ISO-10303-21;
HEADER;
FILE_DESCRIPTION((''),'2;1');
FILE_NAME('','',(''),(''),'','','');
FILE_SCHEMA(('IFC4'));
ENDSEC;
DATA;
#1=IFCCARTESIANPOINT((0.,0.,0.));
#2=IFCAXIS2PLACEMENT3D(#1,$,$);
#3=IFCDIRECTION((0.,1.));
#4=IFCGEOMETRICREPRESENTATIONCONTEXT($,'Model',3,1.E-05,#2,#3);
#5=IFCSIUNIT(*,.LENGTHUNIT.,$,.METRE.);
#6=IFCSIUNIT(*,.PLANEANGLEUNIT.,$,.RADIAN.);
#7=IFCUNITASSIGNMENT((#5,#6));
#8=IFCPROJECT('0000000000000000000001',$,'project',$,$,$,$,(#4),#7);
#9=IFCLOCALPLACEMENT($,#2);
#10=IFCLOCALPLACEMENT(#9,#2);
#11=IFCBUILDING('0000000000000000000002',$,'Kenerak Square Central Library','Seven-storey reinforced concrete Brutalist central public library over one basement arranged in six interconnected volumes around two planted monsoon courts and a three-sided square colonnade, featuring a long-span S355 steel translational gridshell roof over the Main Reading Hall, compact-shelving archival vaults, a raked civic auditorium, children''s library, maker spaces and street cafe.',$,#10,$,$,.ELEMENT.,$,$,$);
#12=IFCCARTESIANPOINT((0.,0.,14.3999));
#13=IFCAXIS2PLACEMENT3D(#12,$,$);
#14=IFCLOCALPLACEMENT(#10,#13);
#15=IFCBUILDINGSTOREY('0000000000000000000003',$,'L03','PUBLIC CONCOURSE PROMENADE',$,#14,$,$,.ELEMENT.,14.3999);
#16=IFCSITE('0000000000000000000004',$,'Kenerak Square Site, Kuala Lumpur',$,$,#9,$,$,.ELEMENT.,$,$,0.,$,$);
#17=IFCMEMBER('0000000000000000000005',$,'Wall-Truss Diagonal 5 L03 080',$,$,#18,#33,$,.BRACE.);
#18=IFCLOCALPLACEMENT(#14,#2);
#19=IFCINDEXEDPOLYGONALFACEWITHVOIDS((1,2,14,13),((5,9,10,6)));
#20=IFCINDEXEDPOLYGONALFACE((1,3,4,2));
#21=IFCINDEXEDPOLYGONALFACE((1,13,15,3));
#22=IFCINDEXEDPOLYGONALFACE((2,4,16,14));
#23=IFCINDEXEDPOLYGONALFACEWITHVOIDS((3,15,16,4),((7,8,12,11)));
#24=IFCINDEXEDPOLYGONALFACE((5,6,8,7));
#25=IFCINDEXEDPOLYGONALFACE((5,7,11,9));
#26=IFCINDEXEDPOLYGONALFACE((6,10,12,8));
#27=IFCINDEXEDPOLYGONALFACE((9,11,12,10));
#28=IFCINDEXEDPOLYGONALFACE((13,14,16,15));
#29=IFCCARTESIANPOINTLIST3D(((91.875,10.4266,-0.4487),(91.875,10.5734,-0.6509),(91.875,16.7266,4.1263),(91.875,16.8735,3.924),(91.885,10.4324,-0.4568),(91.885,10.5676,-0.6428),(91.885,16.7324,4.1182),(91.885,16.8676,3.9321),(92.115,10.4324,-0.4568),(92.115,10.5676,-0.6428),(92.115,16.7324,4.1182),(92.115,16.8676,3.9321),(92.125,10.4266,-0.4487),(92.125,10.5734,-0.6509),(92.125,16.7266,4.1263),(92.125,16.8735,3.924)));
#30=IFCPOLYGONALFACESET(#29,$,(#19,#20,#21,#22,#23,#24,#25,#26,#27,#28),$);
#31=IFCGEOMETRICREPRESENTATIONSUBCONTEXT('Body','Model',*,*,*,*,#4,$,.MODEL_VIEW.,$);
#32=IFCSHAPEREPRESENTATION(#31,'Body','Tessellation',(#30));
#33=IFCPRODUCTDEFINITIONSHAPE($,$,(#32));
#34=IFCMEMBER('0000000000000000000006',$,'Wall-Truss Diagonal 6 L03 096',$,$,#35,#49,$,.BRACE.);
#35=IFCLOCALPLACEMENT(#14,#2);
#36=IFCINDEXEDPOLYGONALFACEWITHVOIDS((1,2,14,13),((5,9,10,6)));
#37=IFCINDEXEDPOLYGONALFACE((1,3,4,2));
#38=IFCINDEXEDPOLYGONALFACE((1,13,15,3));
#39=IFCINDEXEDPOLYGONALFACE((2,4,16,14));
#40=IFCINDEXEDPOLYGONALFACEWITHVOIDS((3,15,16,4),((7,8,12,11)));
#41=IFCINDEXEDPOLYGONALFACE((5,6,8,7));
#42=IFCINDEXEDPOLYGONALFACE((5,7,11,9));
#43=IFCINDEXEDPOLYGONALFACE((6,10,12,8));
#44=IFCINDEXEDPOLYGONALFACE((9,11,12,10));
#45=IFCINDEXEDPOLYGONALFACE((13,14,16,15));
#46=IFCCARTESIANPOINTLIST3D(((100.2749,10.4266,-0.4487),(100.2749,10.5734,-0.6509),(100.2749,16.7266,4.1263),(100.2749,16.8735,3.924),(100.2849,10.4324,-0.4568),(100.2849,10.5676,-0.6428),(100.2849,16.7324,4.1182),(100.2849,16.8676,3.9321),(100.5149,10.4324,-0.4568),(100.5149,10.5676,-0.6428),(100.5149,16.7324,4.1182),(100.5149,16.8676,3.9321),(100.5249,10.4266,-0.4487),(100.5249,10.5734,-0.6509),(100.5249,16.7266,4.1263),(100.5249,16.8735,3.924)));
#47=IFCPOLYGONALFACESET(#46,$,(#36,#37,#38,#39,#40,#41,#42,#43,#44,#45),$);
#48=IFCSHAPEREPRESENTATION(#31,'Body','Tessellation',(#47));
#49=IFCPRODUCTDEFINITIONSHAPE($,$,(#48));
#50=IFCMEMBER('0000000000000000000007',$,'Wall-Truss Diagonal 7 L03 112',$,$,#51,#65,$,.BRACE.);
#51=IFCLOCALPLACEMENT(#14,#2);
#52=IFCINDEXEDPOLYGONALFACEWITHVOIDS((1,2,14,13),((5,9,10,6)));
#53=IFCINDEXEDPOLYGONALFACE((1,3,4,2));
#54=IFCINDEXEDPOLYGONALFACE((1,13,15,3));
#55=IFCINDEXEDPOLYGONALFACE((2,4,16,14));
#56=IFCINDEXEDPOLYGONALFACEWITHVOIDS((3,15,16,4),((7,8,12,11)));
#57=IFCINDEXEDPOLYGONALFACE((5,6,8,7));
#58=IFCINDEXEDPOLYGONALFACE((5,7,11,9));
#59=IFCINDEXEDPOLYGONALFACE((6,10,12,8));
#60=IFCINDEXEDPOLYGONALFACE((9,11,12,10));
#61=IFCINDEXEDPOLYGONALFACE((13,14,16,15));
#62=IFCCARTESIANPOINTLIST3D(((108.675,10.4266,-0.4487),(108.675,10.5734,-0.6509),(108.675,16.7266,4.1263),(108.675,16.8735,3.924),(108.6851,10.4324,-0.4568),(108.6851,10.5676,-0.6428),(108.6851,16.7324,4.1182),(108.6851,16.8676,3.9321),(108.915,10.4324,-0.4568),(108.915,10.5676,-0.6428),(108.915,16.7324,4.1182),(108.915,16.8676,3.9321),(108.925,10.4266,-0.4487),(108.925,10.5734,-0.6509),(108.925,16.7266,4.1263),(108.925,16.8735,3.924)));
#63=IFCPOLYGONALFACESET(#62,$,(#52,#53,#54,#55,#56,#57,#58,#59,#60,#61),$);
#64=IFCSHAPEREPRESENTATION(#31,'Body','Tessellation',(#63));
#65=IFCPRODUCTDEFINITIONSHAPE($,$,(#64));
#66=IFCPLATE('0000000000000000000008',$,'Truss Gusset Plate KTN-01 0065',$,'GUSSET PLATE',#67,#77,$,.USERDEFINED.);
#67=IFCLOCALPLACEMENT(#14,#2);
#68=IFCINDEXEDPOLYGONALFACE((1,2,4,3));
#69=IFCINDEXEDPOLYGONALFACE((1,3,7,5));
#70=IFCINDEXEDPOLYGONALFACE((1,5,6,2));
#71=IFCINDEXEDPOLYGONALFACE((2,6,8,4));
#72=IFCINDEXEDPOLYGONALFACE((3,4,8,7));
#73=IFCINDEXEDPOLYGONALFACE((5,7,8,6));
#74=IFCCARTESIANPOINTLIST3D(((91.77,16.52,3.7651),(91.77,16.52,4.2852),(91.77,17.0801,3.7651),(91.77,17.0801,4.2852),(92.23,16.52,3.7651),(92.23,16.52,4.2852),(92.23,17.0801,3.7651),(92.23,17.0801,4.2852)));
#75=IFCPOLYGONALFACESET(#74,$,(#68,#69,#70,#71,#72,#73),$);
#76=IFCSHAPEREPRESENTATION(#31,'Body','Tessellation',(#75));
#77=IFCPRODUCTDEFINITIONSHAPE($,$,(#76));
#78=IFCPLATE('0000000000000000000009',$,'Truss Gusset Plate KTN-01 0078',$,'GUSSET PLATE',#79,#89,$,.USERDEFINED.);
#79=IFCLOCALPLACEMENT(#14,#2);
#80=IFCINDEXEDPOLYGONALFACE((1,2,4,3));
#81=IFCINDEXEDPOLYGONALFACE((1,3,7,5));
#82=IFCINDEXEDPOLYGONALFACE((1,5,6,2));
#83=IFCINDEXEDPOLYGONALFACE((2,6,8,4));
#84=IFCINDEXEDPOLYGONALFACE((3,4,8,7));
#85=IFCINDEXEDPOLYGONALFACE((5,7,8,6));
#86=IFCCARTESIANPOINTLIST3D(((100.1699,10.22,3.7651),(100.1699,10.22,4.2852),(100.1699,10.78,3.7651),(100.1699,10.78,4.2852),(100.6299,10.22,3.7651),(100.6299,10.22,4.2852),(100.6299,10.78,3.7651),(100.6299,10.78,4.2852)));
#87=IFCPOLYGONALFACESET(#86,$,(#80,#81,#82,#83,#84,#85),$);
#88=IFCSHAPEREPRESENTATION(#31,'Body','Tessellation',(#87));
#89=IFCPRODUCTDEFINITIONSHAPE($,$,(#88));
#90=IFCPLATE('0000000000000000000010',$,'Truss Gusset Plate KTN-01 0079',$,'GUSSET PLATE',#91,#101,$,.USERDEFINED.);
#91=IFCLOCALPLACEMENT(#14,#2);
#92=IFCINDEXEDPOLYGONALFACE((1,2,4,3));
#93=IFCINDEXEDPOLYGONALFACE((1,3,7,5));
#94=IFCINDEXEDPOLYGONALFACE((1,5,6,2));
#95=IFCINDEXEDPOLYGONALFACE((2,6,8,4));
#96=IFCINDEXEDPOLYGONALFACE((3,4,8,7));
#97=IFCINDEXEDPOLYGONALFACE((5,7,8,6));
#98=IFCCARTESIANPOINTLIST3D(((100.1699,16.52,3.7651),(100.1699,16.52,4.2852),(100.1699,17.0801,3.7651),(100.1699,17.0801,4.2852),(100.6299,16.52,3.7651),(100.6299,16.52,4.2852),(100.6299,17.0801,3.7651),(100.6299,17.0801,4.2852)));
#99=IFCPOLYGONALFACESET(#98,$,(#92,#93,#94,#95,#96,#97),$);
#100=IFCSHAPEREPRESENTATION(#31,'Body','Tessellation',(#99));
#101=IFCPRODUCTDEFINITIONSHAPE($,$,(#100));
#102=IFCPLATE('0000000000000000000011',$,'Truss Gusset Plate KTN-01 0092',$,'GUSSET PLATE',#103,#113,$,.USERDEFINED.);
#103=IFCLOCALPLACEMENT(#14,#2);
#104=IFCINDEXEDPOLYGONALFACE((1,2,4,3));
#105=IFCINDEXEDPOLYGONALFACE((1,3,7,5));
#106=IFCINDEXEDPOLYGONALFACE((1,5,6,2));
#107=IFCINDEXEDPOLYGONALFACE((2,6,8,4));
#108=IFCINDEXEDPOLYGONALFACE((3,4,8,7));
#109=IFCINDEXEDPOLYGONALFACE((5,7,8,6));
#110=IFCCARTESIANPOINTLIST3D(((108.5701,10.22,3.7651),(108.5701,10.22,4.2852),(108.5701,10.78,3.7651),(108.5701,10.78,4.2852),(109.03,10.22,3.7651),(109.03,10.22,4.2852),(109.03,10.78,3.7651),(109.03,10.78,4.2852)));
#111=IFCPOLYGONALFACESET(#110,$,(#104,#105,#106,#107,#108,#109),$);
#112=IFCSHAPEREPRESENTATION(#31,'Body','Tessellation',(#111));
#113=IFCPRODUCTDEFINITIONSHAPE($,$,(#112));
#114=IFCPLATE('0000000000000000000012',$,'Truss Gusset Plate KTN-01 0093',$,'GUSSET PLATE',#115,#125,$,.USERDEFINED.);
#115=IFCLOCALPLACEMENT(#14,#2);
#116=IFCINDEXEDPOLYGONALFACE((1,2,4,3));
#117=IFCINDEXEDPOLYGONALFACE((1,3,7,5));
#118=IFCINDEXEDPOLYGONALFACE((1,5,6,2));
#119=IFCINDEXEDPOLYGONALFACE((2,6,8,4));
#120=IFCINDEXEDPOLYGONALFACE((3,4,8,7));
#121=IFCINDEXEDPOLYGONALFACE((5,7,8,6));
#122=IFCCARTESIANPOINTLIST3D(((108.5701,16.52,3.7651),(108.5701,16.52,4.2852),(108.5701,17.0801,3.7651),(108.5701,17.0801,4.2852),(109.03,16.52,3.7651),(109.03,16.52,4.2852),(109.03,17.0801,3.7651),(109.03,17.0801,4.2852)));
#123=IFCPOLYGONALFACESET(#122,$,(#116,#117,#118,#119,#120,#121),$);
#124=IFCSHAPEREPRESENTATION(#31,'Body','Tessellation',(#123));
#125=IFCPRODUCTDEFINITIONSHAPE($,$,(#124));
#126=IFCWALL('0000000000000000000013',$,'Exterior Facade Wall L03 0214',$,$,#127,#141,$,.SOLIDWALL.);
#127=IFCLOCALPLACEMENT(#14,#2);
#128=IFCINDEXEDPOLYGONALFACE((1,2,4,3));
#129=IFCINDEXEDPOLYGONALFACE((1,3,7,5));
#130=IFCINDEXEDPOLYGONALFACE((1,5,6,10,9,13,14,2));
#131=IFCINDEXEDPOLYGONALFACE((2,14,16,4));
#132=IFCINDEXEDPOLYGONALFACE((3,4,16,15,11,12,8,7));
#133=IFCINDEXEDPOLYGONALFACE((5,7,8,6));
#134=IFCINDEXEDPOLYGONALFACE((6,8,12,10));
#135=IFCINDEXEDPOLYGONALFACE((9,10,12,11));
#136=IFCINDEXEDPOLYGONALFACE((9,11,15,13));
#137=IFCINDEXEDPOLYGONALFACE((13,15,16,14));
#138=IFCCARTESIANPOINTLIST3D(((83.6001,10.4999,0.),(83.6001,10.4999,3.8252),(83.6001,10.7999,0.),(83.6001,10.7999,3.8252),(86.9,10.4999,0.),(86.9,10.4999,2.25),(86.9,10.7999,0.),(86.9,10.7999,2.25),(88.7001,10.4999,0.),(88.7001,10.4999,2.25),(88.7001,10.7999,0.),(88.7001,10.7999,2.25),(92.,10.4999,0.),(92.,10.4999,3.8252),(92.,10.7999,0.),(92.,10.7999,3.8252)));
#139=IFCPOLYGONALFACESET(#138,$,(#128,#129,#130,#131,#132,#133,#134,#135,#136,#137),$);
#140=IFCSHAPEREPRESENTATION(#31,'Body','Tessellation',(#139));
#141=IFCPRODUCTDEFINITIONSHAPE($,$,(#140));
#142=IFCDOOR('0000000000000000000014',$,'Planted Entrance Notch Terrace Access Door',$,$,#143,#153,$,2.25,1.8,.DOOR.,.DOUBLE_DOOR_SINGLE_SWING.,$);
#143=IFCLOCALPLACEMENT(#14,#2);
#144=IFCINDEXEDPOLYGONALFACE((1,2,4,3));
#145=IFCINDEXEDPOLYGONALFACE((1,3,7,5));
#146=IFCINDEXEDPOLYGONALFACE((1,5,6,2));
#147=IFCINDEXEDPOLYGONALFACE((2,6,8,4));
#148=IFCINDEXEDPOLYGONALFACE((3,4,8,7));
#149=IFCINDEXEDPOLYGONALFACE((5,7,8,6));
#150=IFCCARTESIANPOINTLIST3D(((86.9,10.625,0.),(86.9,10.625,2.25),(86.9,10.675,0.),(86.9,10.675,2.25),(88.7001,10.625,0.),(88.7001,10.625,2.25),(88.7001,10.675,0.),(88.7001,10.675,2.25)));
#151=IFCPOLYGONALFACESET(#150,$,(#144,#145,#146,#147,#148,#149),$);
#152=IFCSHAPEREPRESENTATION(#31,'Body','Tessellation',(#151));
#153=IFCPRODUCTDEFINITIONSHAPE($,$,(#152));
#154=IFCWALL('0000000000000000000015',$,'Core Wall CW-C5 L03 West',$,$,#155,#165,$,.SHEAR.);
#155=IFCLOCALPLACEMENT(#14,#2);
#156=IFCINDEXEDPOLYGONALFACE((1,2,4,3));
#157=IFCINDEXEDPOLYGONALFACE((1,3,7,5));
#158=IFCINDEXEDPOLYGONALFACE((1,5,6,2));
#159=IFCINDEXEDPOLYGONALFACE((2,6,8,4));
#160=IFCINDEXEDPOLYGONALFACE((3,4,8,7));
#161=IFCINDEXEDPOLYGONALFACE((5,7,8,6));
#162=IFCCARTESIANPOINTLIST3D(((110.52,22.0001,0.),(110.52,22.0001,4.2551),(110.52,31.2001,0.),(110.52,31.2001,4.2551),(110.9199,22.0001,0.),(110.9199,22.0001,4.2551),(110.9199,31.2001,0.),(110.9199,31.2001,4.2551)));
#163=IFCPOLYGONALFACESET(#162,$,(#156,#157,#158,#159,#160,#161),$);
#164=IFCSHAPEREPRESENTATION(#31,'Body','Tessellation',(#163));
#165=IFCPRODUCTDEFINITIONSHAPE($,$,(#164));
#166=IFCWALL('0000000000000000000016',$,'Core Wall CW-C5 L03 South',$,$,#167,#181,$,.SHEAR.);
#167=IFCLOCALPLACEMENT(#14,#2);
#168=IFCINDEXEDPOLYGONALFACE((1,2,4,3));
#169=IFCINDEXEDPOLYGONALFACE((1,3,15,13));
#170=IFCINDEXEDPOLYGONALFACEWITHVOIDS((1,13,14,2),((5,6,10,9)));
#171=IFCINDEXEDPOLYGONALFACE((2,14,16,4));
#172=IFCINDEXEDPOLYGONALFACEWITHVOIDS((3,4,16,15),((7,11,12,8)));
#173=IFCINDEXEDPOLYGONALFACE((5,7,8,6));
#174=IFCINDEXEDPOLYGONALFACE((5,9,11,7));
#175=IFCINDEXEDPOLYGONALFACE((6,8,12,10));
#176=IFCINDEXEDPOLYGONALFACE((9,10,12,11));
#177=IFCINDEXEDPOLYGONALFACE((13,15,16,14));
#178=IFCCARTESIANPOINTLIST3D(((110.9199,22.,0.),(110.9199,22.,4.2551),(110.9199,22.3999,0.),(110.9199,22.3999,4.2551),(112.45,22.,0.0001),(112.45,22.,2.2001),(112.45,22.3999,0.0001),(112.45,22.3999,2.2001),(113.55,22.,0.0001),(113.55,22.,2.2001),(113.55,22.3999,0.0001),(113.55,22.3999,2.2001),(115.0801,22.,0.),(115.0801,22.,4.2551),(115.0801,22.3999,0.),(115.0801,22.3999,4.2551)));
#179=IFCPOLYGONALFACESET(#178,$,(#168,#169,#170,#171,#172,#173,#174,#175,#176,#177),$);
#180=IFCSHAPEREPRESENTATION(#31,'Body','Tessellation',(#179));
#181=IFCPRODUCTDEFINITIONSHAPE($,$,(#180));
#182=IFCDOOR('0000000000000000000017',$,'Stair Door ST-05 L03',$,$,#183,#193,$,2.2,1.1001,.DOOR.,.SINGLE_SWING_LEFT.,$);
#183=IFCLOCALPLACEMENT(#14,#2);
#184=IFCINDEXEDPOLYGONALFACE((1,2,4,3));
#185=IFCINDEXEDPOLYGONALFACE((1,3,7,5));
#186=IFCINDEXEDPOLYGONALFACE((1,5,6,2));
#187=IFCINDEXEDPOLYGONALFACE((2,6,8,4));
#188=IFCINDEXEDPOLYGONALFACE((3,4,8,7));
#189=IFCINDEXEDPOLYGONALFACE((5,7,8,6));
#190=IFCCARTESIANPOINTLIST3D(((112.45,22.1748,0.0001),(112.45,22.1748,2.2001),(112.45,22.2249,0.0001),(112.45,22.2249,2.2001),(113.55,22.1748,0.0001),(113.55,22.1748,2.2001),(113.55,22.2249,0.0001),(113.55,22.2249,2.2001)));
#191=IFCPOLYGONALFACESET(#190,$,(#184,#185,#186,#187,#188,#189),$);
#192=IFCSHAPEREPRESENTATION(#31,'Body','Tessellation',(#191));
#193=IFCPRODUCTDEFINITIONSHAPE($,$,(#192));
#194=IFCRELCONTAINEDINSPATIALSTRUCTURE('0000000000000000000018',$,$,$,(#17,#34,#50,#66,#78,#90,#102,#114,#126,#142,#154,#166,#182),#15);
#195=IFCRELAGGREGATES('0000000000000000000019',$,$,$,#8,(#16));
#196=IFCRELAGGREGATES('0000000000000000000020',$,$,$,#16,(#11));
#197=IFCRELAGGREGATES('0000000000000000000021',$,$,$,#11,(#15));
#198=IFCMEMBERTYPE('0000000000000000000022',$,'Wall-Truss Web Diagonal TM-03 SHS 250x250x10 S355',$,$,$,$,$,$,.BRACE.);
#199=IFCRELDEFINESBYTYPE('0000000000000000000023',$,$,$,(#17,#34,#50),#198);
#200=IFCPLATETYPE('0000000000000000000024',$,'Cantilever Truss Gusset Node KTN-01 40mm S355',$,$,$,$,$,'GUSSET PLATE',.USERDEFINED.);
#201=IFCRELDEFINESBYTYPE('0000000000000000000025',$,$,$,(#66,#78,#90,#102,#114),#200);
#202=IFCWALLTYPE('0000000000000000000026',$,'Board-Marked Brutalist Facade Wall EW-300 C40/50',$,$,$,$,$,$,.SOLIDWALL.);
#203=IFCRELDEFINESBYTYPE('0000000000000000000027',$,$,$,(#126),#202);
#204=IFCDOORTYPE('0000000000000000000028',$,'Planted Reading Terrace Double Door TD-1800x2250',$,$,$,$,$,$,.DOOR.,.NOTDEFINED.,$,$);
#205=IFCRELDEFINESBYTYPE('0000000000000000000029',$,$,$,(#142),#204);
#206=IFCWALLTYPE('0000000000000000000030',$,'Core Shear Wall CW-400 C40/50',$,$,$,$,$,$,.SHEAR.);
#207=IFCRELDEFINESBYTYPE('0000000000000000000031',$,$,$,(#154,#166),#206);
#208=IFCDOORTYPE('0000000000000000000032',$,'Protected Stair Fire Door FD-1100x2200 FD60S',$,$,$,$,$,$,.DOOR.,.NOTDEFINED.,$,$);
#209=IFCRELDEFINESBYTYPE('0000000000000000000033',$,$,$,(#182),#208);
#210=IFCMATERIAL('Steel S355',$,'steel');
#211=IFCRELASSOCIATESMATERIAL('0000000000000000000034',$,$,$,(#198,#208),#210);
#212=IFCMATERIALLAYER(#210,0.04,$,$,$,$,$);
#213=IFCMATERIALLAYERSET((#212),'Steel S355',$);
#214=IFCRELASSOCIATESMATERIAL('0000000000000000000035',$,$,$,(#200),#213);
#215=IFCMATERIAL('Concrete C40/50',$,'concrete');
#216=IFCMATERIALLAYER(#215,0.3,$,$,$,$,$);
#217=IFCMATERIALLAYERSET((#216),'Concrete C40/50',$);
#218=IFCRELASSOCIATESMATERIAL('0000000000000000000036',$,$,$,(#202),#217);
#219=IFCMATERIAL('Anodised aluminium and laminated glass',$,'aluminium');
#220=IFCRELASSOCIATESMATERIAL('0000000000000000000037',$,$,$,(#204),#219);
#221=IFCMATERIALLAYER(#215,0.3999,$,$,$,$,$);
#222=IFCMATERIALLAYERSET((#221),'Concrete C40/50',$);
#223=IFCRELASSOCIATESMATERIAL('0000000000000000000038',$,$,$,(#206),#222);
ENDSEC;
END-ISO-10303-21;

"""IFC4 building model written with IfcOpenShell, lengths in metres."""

from ifc_helpers import new_model, si_unit, direction, frame, frame_2d, origin, origin_2d, place, context, subcontext, project, spatial, rectangle, hollow_rectangle, extrude, material, layer, layer_set, material_profile, profile_set, type_object, element, fill, save


model = new_model("IFC4")

# Units and contexts
model_context = context("Model", 3, precision=1e-05, world=origin(), true_north=direction((0.0, 1.0)))
body_context = subcontext(model_context, "Body", "Model", "MODEL_VIEW")
ifc_project = project(units=[si_unit("LENGTHUNIT", "METRE"), si_unit("PLANEANGLEUNIT", "RADIAN")], contexts=[model_context])

# Site, building, storey
site_placement = place(None, origin())
site = spatial("IfcSite", under=ifc_project, at=site_placement, Name="Kenerak Square Site, Kuala Lumpur", CompositionType="ELEMENT", RefElevation=0.0)
building_placement = place(site_placement, origin())
building = spatial("IfcBuilding", under=site, at=building_placement, Name="Kenerak Square Central Library", Description="Seven-storey reinforced concrete Brutalist central public library over one basement arranged in six interconnected volumes around two planted monsoon courts and a three-sided square colonnade, featuring a long-span S355 steel translational gridshell roof over the Main Reading Hall, compact-shelving archival vaults, a raked civic auditorium, children's library, maker spaces and street cafe.", CompositionType="ELEMENT")
storey_placement = place(building_placement, frame((0.0, 0.0, 14.3999)))
storey = spatial("IfcBuildingStorey", under=building, at=storey_placement, Name="L03", Description="PUBLIC CONCOURSE PROMENADE", CompositionType="ELEMENT", Elevation=14.3999)

# Shared definitions
ifc_material_1 = material(Name="Steel S355", Category="steel")

# Members
ifc_material_profile_1 = material_profile(ifc_material_1, hollow_rectangle(XDim=0.25, YDim=0.25, WallThickness=0.01, at=origin_2d()), Name="SHS 250x250x10.0")
ifc_profile_set_1 = profile_set([ifc_material_profile_1], Name="Steel S355")
member_type_1 = type_object("IfcMemberType", Name="Wall-Truss Web Diagonal TM-03 SHS 250x250x10 S355", PredefinedType="BRACE", material=ifc_profile_set_1)
for number, where, z_axis, x_axis, name in (
    (1, (92.0, 10.5, -0.5498), (0.0, 0.809158, 0.587592), (-1.0, 0.0, 0.0), "Wall-Truss Diagonal 5 L03 080"),
    (2, (100.3999, 10.5, -0.5498), (0.0, 0.809158, 0.587592), (-1.0, 0.0, 0.0), "Wall-Truss Diagonal 6 L03 096"),
    (3, (108.8, 10.5, -0.5498), (0.0, 0.809158, 0.587592), (-1.0, 0.0, 0.0), "Wall-Truss Diagonal 7 L03 112"),
):
    element("IfcMember", number, at=place(storey_placement, frame(where, z_axis=z_axis, x_axis=x_axis)), inside=storey, type_object=member_type_1, Name=name, PredefinedType="BRACE", context=body_context, shape_type="SweptSolid", body=[
        extrude(hollow_rectangle(XDim=0.25, YDim=0.25, WallThickness=0.01, at=origin_2d()), origin(), (0.0, 0.0, 1.0), 7.7859),
    ])

# Plates
ifc_layer_1 = layer(ifc_material_1, 0.04)
ifc_layer_set_1 = layer_set([ifc_layer_1], Name="Steel S355")
plate_type = type_object("IfcPlateType", Name="Cantilever Truss Gusset Node KTN-01 40mm S355", ElementType="GUSSET PLATE", PredefinedType="USERDEFINED", material=ifc_layer_set_1)
for number, where, z_axis, x_axis, name in (
    (4, (92.0, 16.8, 3.7651), (0.0, 0.0, 1.0), (1.0, 0.0, 0.0), "Truss Gusset Plate KTN-01 0065"),
    (5, (100.3999, 10.5, 3.7651), (0.0, 0.0, 1.0), (1.0, 0.0, 0.0), "Truss Gusset Plate KTN-01 0078"),
    (6, (100.3999, 16.8, 3.7651), (0.0, 0.0, 1.0), (1.0, 0.0, 0.0), "Truss Gusset Plate KTN-01 0079"),
    (7, (108.8, 10.5, 3.7651), (0.0, 0.0, 1.0), (1.0, 0.0, 0.0), "Truss Gusset Plate KTN-01 0092"),
    (8, (108.8, 16.8, 3.7651), (0.0, 0.0, 1.0), (1.0, 0.0, 0.0), "Truss Gusset Plate KTN-01 0093"),
):
    element("IfcPlate", number, at=place(storey_placement, frame(where, z_axis=z_axis, x_axis=x_axis)), inside=storey, type_object=plate_type, Name=name, ObjectType="GUSSET PLATE", PredefinedType="USERDEFINED", context=body_context, shape_type="SweptSolid", body=[
        extrude(rectangle(XDim=0.46, YDim=0.5601, at=origin_2d()), origin(), (0.0, 0.0, 1.0), 0.52),
    ])

# Wall, opening, door
ifc_material_2 = material(Name="Concrete C40/50", Category="concrete")
ifc_layer_2 = layer(ifc_material_2, 0.3)
ifc_layer_set_2 = layer_set([ifc_layer_2], Name="Concrete C40/50")
wall_type_1 = type_object("IfcWallType", Name="Board-Marked Brutalist Facade Wall EW-300 C40/50", PredefinedType="SOLIDWALL", material=ifc_layer_set_2)
wall_1_placement = place(storey_placement, frame((92.0, 10.6499, 0.0), z_axis=(0.0, 0.0, 1.0), x_axis=(-1.0, 0.0, 0.0)))
wall_1 = element("IfcWall", 9, at=wall_1_placement, inside=storey, type_object=wall_type_1, Name="Exterior Facade Wall L03 0214", PredefinedType="SOLIDWALL", context=body_context, shape_type="SweptSolid", body=[
    extrude(rectangle(XDim=8.3999, YDim=0.3, at=frame_2d((4.2, 0.0))), origin(), (0.0, 0.0, 1.0), 3.8252),
])
opening_1_placement = place(wall_1_placement, frame((3.3, 0.0, 0.0)))
opening_1 = element("IfcOpeningElement", 10, at=opening_1_placement, cuts=wall_1, PredefinedType="OPENING", context=body_context, shape_type="SweptSolid", body=[
    extrude(rectangle(XDim=1.8, YDim=2.25, at=frame_2d((0.8999, 1.125))), frame((0.0, 0.1599, 0.0), z_axis=(0.0, -1.0, 0.0), x_axis=(1.0, 0.0, 0.0)), (0.0, 0.0, 1.0), 0.3201),
])
ifc_material_3 = material(Name="Anodised aluminium and laminated glass", Category="aluminium")
door_type_1 = type_object("IfcDoorType", Name="Planted Reading Terrace Double Door TD-1800x2250", OperationType="NOTDEFINED", PredefinedType="DOOR", material=ifc_material_3)
door_1_placement = place(opening_1_placement, origin())
door_1 = element("IfcDoor", 11, at=door_1_placement, inside=storey, type_object=door_type_1, Name="Planted Entrance Notch Terrace Access Door", OperationType="DOUBLE_DOOR_SINGLE_SWING", OverallHeight=2.25, OverallWidth=1.8, PredefinedType="DOOR", context=body_context, shape_type="SweptSolid", body=[
    extrude(rectangle(XDim=1.8, YDim=2.25, at=frame_2d((0.8999, 1.125))), frame((0.0, 0.0249, 0.0), z_axis=(0.0, -1.0, 0.0), x_axis=(1.0, 0.0, 0.0)), (0.0, 0.0, 1.0), 0.05),
])
fill(opening_1, door_1)

# Wall
ifc_layer_3 = layer(ifc_material_2, 0.3999)
ifc_layer_set_3 = layer_set([ifc_layer_3], Name="Concrete C40/50")
wall_type_2 = type_object("IfcWallType", Name="Core Shear Wall CW-400 C40/50", PredefinedType="SHEAR", material=ifc_layer_set_3)
wall_2_placement = place(storey_placement, frame((110.72, 22.0, 0.0), z_axis=(0.0, 0.0, 1.0), x_axis=(0.0, 1.0, 0.0)))
element("IfcWall", 12, at=wall_2_placement, inside=storey, type_object=wall_type_2, Name="Core Wall CW-C5 L03 West", PredefinedType="SHEAR", context=body_context, shape_type="SweptSolid", body=[
    extrude(rectangle(XDim=9.2, YDim=0.3999, at=frame_2d((4.6001, 0.0))), origin(), (0.0, 0.0, 1.0), 4.2551),
])

# Wall, opening, door
wall_3_placement = place(storey_placement, frame((115.0801, 22.2, 0.0), z_axis=(0.0, 0.0, 1.0), x_axis=(-1.0, 0.0, 0.0)))
wall_3 = element("IfcWall", 13, at=wall_3_placement, inside=storey, type_object=wall_type_2, Name="Core Wall CW-C5 L03 South", PredefinedType="SHEAR", context=body_context, shape_type="SweptSolid", body=[
    extrude(rectangle(XDim=4.1602, YDim=0.3999, at=frame_2d((2.0801, 0.0))), origin(), (0.0, 0.0, 1.0), 4.2551),
])
opening_2_placement = place(wall_3_placement, frame((1.53, 0.0, 0.0)))
opening_2 = element("IfcOpeningElement", 14, at=opening_2_placement, cuts=wall_3, PredefinedType="OPENING", context=body_context, shape_type="SweptSolid", body=[
    extrude(rectangle(XDim=1.1001, YDim=2.2, at=frame_2d((0.55, 1.1001))), frame((0.0, 0.21, 0.0), z_axis=(0.0, -1.0, 0.0), x_axis=(1.0, 0.0, 0.0)), (0.0, 0.0, 1.0), 0.4199),
])
door_type_2 = type_object("IfcDoorType", Name="Protected Stair Fire Door FD-1100x2200 FD60S", OperationType="NOTDEFINED", PredefinedType="DOOR", material=ifc_material_1)
door_2_placement = place(opening_2_placement, frame((1.1001, 0.0, 0.0), z_axis=(0.0, 0.0, 1.0), x_axis=(-1.0, 0.0, 0.0)))
door_2 = element("IfcDoor", 15, at=door_2_placement, inside=storey, type_object=door_type_2, Name="Stair Door ST-05 L03", OperationType="SINGLE_SWING_LEFT", OverallHeight=2.2, OverallWidth=1.1001, PredefinedType="DOOR", context=body_context, shape_type="SweptSolid", body=[
    extrude(rectangle(XDim=1.1001, YDim=2.2, at=frame_2d((0.55, 1.1001))), frame((0.0, 0.0249, 0.0), z_axis=(0.0, -1.0, 0.0), x_axis=(1.0, 0.0, 0.0)), (0.0, 0.0, 1.0), 0.05),
])
fill(opening_2, door_2)

save(model, "model.ifc")
